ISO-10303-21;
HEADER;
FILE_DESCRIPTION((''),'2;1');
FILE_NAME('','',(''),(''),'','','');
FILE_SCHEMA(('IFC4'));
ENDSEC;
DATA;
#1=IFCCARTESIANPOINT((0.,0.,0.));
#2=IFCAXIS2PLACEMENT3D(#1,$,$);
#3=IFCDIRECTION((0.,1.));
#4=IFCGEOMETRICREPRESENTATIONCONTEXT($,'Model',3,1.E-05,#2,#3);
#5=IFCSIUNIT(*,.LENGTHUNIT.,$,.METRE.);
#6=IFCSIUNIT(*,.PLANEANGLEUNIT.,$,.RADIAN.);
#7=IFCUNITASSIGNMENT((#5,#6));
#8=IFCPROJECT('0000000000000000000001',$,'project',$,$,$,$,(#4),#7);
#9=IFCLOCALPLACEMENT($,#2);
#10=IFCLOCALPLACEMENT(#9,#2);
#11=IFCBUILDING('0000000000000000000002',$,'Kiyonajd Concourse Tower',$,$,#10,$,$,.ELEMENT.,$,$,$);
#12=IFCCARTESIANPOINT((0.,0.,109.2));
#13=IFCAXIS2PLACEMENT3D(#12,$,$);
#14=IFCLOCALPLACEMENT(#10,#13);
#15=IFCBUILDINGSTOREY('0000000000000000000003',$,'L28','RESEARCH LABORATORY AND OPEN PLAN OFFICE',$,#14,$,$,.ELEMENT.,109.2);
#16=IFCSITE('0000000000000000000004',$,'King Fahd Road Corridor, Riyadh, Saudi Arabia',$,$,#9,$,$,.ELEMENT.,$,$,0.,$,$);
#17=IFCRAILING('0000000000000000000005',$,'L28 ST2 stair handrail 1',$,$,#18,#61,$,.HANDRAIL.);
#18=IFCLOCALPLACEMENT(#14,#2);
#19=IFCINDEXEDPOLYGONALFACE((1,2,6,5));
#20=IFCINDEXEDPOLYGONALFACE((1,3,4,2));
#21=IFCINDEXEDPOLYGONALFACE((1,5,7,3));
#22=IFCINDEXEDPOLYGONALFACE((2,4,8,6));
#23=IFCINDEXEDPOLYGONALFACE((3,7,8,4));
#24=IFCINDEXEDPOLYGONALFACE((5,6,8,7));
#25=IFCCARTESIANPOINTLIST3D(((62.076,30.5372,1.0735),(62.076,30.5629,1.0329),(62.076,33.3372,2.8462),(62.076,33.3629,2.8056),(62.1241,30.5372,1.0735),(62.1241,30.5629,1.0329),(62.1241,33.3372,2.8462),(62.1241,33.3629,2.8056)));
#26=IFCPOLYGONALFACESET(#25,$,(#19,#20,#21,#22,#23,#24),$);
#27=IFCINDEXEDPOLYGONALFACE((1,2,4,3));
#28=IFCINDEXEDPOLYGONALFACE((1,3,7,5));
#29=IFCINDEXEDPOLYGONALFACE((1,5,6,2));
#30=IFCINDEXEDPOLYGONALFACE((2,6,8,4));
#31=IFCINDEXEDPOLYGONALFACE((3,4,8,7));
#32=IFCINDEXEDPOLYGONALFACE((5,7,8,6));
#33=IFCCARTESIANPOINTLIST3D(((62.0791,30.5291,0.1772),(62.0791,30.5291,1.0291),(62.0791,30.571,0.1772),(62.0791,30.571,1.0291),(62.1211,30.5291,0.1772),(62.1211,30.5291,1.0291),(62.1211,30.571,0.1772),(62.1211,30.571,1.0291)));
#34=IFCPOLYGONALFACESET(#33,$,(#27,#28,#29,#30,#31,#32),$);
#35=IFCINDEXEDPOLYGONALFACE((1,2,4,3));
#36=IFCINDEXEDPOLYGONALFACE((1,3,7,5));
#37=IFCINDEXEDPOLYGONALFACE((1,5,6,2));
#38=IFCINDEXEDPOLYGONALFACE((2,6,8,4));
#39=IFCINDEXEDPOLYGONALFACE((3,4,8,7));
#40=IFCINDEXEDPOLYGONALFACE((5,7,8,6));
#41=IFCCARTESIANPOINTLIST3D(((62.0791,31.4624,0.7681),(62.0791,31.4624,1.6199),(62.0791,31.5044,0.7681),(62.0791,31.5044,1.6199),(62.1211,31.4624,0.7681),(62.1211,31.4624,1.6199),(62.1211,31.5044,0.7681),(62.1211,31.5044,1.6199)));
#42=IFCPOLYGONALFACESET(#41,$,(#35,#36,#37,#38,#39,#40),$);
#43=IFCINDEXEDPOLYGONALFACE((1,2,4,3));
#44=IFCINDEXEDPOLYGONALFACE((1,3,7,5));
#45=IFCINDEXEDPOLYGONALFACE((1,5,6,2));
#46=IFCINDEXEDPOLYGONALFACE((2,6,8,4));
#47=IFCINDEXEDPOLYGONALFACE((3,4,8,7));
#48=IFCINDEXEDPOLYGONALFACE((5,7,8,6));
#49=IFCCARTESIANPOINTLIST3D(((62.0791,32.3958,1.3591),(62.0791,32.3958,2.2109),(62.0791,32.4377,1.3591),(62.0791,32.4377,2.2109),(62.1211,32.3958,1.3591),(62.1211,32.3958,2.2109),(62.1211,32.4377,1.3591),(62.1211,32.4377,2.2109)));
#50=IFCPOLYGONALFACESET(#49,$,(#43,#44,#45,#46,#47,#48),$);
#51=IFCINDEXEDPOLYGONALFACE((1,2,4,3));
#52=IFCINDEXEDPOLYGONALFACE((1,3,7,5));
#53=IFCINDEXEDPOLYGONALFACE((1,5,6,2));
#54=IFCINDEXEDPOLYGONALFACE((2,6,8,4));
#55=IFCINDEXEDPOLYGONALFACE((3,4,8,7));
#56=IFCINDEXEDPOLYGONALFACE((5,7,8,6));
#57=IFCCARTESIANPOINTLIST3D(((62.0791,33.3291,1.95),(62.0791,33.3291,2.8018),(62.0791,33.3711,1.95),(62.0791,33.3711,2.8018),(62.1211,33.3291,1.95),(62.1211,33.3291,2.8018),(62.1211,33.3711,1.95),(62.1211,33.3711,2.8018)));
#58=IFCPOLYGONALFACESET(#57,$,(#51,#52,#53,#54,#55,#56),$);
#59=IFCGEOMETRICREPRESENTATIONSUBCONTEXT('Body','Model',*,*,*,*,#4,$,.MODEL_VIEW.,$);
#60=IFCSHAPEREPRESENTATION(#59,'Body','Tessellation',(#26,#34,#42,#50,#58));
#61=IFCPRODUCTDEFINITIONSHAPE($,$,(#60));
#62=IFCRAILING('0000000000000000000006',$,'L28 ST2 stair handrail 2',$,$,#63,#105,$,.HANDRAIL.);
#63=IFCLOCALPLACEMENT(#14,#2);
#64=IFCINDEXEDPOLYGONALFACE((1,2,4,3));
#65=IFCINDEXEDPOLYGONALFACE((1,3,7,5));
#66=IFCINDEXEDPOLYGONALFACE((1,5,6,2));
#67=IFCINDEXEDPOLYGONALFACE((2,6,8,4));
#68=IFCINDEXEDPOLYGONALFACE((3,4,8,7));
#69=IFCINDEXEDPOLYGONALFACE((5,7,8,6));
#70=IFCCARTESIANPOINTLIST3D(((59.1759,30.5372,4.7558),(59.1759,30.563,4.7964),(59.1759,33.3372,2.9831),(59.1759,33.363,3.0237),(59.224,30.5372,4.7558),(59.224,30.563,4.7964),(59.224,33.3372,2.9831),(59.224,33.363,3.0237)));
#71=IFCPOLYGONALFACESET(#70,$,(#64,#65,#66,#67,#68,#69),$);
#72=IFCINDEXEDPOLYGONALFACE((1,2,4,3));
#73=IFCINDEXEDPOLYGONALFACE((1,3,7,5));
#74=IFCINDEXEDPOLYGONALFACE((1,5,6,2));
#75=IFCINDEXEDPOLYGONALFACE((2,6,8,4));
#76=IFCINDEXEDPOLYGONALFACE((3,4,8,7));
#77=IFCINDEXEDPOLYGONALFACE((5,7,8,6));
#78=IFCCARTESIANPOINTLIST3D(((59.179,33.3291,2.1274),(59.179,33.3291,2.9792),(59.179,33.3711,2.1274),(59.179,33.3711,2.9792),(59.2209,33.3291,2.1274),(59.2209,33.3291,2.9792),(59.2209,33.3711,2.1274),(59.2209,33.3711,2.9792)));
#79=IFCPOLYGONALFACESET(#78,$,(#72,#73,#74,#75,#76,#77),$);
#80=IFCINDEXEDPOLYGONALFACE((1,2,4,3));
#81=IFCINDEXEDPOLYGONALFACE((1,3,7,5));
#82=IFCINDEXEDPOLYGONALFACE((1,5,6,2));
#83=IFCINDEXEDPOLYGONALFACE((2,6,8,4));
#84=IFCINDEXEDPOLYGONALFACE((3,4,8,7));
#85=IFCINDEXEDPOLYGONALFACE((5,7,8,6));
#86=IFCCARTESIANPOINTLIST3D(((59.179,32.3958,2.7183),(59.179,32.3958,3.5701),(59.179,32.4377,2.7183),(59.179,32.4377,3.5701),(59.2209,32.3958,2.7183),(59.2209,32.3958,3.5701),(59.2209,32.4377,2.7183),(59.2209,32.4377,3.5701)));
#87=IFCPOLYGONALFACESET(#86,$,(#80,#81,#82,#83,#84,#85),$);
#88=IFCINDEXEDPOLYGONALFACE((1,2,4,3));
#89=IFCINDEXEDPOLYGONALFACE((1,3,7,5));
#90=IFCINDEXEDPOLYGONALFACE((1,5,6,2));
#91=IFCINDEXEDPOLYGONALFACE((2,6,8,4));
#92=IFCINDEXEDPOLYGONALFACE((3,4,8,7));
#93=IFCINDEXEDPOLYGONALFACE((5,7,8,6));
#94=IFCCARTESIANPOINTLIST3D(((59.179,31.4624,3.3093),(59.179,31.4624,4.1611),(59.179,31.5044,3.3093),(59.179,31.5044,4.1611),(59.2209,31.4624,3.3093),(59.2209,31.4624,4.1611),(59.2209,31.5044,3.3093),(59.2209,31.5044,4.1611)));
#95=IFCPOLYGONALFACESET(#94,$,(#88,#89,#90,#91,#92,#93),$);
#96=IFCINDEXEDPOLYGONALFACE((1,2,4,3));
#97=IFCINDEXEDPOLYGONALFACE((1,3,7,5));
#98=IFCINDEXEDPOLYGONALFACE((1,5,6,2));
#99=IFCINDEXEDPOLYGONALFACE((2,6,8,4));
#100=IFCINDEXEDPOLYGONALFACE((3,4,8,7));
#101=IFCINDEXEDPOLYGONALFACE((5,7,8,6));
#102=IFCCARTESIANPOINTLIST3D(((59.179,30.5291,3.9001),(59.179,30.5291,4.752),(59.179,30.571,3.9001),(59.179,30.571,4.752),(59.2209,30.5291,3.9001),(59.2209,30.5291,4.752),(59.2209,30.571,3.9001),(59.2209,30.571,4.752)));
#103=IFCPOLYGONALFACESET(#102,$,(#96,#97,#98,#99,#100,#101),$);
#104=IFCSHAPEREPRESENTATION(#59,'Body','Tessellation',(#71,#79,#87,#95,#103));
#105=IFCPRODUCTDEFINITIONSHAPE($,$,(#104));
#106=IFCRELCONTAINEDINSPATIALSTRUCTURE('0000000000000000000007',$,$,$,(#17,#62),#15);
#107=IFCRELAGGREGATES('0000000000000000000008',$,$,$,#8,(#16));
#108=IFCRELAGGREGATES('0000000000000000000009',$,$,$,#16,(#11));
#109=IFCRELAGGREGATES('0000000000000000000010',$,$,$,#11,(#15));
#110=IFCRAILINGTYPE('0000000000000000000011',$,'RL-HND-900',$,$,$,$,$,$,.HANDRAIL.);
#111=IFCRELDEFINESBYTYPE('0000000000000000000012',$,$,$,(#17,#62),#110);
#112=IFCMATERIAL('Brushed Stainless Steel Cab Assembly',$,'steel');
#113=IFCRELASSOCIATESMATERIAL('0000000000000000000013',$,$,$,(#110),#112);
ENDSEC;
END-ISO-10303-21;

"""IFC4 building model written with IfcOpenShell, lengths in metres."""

from ifc_helpers import new_model, si_unit, direction, frame, origin, origin_2d, place, context, subcontext, project, spatial, rectangle, extrude, material, type_object, element, save


model = new_model("IFC4")

# Units and contexts
model_context = context("Model", 3, precision=1e-05, world=origin(), true_north=direction((0.0, 1.0)))
body_context = subcontext(model_context, "Body", "Model", "MODEL_VIEW")
ifc_project = project(units=[si_unit("LENGTHUNIT", "METRE"), si_unit("PLANEANGLEUNIT", "RADIAN")], contexts=[model_context])

# Site, building, storey
site_placement = place(None, origin())
site = spatial("IfcSite", under=ifc_project, at=site_placement, Name="King Fahd Road Corridor, Riyadh, Saudi Arabia", CompositionType="ELEMENT", RefElevation=0.0)
building_placement = place(site_placement, origin())
building = spatial("IfcBuilding", under=site, at=building_placement, Name="Kiyonajd Concourse Tower", CompositionType="ELEMENT")
storey_placement = place(building_placement, frame((0.0, 0.0, 109.2)))
storey = spatial("IfcBuildingStorey", under=building, at=storey_placement, Name="L28", Description="RESEARCH LABORATORY AND OPEN PLAN OFFICE", CompositionType="ELEMENT", Elevation=109.2)

# Shared definitions
ifc_material_1 = material(Name="Brushed Stainless Steel Cab Assembly", Category="steel")

# Railings
railing_type_1 = type_object("IfcRailingType", Name="RL-HND-900", PredefinedType="HANDRAIL", material=ifc_material_1)
railing_1_placement = place(storey_placement, frame((62.1001, 30.55, 0.1772)))
element("IfcRailing", 1, at=railing_1_placement, inside=storey, type_object=railing_type_1, Name="L28 ST2 stair handrail 1", PredefinedType="HANDRAIL", context=body_context, shape_type="SweptSolid", body=[
    extrude(rectangle(XDim=0.0481, YDim=0.0481, at=origin_2d()), frame((0.0, 0.0, 0.876), z_axis=(0.0, 0.844909, 0.53491), x_axis=(-1.0, 0.0, 0.0)), (0.0, 0.0, 1.0), 3.314),
    extrude(rectangle(XDim=0.042, YDim=0.042, at=origin_2d()), origin(), (0.0, 0.0, 1.0), 0.8518),
    extrude(rectangle(XDim=0.042, YDim=0.042, at=origin_2d()), frame((0.0, 0.9333, 0.5908)), (0.0, 0.0, 1.0), 0.8518),
    extrude(rectangle(XDim=0.042, YDim=0.042, at=origin_2d()), frame((0.0, 1.8667, 1.1819)), (0.0, 0.0, 1.0), 0.8518),
    extrude(rectangle(XDim=0.042, YDim=0.042, at=origin_2d()), frame((0.0, 2.8, 1.7727)), (0.0, 0.0, 1.0), 0.8518),
])
railing_2_placement = place(storey_placement, frame((59.2, 33.3501, 2.1274)))
element("IfcRailing", 2, at=railing_2_placement, inside=storey, type_object=railing_type_1, Name="L28 ST2 stair handrail 2", PredefinedType="HANDRAIL", context=body_context, shape_type="SweptSolid", body=[
    extrude(rectangle(XDim=0.0481, YDim=0.0481, at=origin_2d()), frame((0.0, 0.0, 0.876), z_axis=(0.0, -0.844909, 0.53491), x_axis=(1.0, 0.0, 0.0)), (0.0, 0.0, 1.0), 3.314),
    extrude(rectangle(XDim=0.042, YDim=0.042, at=origin_2d()), origin(), (0.0, 0.0, 1.0), 0.8518),
    extrude(rectangle(XDim=0.042, YDim=0.042, at=origin_2d()), frame((0.0, -0.9333, 0.5908)), (0.0, 0.0, 1.0), 0.8518),
    extrude(rectangle(XDim=0.042, YDim=0.042, at=origin_2d()), frame((0.0, -1.8667, 1.1819)), (0.0, 0.0, 1.0), 0.8518),
    extrude(rectangle(XDim=0.042, YDim=0.042, at=origin_2d()), frame((0.0, -2.8, 1.7727)), (0.0, 0.0, 1.0), 0.8518),
])

save(model, "model.ifc")
